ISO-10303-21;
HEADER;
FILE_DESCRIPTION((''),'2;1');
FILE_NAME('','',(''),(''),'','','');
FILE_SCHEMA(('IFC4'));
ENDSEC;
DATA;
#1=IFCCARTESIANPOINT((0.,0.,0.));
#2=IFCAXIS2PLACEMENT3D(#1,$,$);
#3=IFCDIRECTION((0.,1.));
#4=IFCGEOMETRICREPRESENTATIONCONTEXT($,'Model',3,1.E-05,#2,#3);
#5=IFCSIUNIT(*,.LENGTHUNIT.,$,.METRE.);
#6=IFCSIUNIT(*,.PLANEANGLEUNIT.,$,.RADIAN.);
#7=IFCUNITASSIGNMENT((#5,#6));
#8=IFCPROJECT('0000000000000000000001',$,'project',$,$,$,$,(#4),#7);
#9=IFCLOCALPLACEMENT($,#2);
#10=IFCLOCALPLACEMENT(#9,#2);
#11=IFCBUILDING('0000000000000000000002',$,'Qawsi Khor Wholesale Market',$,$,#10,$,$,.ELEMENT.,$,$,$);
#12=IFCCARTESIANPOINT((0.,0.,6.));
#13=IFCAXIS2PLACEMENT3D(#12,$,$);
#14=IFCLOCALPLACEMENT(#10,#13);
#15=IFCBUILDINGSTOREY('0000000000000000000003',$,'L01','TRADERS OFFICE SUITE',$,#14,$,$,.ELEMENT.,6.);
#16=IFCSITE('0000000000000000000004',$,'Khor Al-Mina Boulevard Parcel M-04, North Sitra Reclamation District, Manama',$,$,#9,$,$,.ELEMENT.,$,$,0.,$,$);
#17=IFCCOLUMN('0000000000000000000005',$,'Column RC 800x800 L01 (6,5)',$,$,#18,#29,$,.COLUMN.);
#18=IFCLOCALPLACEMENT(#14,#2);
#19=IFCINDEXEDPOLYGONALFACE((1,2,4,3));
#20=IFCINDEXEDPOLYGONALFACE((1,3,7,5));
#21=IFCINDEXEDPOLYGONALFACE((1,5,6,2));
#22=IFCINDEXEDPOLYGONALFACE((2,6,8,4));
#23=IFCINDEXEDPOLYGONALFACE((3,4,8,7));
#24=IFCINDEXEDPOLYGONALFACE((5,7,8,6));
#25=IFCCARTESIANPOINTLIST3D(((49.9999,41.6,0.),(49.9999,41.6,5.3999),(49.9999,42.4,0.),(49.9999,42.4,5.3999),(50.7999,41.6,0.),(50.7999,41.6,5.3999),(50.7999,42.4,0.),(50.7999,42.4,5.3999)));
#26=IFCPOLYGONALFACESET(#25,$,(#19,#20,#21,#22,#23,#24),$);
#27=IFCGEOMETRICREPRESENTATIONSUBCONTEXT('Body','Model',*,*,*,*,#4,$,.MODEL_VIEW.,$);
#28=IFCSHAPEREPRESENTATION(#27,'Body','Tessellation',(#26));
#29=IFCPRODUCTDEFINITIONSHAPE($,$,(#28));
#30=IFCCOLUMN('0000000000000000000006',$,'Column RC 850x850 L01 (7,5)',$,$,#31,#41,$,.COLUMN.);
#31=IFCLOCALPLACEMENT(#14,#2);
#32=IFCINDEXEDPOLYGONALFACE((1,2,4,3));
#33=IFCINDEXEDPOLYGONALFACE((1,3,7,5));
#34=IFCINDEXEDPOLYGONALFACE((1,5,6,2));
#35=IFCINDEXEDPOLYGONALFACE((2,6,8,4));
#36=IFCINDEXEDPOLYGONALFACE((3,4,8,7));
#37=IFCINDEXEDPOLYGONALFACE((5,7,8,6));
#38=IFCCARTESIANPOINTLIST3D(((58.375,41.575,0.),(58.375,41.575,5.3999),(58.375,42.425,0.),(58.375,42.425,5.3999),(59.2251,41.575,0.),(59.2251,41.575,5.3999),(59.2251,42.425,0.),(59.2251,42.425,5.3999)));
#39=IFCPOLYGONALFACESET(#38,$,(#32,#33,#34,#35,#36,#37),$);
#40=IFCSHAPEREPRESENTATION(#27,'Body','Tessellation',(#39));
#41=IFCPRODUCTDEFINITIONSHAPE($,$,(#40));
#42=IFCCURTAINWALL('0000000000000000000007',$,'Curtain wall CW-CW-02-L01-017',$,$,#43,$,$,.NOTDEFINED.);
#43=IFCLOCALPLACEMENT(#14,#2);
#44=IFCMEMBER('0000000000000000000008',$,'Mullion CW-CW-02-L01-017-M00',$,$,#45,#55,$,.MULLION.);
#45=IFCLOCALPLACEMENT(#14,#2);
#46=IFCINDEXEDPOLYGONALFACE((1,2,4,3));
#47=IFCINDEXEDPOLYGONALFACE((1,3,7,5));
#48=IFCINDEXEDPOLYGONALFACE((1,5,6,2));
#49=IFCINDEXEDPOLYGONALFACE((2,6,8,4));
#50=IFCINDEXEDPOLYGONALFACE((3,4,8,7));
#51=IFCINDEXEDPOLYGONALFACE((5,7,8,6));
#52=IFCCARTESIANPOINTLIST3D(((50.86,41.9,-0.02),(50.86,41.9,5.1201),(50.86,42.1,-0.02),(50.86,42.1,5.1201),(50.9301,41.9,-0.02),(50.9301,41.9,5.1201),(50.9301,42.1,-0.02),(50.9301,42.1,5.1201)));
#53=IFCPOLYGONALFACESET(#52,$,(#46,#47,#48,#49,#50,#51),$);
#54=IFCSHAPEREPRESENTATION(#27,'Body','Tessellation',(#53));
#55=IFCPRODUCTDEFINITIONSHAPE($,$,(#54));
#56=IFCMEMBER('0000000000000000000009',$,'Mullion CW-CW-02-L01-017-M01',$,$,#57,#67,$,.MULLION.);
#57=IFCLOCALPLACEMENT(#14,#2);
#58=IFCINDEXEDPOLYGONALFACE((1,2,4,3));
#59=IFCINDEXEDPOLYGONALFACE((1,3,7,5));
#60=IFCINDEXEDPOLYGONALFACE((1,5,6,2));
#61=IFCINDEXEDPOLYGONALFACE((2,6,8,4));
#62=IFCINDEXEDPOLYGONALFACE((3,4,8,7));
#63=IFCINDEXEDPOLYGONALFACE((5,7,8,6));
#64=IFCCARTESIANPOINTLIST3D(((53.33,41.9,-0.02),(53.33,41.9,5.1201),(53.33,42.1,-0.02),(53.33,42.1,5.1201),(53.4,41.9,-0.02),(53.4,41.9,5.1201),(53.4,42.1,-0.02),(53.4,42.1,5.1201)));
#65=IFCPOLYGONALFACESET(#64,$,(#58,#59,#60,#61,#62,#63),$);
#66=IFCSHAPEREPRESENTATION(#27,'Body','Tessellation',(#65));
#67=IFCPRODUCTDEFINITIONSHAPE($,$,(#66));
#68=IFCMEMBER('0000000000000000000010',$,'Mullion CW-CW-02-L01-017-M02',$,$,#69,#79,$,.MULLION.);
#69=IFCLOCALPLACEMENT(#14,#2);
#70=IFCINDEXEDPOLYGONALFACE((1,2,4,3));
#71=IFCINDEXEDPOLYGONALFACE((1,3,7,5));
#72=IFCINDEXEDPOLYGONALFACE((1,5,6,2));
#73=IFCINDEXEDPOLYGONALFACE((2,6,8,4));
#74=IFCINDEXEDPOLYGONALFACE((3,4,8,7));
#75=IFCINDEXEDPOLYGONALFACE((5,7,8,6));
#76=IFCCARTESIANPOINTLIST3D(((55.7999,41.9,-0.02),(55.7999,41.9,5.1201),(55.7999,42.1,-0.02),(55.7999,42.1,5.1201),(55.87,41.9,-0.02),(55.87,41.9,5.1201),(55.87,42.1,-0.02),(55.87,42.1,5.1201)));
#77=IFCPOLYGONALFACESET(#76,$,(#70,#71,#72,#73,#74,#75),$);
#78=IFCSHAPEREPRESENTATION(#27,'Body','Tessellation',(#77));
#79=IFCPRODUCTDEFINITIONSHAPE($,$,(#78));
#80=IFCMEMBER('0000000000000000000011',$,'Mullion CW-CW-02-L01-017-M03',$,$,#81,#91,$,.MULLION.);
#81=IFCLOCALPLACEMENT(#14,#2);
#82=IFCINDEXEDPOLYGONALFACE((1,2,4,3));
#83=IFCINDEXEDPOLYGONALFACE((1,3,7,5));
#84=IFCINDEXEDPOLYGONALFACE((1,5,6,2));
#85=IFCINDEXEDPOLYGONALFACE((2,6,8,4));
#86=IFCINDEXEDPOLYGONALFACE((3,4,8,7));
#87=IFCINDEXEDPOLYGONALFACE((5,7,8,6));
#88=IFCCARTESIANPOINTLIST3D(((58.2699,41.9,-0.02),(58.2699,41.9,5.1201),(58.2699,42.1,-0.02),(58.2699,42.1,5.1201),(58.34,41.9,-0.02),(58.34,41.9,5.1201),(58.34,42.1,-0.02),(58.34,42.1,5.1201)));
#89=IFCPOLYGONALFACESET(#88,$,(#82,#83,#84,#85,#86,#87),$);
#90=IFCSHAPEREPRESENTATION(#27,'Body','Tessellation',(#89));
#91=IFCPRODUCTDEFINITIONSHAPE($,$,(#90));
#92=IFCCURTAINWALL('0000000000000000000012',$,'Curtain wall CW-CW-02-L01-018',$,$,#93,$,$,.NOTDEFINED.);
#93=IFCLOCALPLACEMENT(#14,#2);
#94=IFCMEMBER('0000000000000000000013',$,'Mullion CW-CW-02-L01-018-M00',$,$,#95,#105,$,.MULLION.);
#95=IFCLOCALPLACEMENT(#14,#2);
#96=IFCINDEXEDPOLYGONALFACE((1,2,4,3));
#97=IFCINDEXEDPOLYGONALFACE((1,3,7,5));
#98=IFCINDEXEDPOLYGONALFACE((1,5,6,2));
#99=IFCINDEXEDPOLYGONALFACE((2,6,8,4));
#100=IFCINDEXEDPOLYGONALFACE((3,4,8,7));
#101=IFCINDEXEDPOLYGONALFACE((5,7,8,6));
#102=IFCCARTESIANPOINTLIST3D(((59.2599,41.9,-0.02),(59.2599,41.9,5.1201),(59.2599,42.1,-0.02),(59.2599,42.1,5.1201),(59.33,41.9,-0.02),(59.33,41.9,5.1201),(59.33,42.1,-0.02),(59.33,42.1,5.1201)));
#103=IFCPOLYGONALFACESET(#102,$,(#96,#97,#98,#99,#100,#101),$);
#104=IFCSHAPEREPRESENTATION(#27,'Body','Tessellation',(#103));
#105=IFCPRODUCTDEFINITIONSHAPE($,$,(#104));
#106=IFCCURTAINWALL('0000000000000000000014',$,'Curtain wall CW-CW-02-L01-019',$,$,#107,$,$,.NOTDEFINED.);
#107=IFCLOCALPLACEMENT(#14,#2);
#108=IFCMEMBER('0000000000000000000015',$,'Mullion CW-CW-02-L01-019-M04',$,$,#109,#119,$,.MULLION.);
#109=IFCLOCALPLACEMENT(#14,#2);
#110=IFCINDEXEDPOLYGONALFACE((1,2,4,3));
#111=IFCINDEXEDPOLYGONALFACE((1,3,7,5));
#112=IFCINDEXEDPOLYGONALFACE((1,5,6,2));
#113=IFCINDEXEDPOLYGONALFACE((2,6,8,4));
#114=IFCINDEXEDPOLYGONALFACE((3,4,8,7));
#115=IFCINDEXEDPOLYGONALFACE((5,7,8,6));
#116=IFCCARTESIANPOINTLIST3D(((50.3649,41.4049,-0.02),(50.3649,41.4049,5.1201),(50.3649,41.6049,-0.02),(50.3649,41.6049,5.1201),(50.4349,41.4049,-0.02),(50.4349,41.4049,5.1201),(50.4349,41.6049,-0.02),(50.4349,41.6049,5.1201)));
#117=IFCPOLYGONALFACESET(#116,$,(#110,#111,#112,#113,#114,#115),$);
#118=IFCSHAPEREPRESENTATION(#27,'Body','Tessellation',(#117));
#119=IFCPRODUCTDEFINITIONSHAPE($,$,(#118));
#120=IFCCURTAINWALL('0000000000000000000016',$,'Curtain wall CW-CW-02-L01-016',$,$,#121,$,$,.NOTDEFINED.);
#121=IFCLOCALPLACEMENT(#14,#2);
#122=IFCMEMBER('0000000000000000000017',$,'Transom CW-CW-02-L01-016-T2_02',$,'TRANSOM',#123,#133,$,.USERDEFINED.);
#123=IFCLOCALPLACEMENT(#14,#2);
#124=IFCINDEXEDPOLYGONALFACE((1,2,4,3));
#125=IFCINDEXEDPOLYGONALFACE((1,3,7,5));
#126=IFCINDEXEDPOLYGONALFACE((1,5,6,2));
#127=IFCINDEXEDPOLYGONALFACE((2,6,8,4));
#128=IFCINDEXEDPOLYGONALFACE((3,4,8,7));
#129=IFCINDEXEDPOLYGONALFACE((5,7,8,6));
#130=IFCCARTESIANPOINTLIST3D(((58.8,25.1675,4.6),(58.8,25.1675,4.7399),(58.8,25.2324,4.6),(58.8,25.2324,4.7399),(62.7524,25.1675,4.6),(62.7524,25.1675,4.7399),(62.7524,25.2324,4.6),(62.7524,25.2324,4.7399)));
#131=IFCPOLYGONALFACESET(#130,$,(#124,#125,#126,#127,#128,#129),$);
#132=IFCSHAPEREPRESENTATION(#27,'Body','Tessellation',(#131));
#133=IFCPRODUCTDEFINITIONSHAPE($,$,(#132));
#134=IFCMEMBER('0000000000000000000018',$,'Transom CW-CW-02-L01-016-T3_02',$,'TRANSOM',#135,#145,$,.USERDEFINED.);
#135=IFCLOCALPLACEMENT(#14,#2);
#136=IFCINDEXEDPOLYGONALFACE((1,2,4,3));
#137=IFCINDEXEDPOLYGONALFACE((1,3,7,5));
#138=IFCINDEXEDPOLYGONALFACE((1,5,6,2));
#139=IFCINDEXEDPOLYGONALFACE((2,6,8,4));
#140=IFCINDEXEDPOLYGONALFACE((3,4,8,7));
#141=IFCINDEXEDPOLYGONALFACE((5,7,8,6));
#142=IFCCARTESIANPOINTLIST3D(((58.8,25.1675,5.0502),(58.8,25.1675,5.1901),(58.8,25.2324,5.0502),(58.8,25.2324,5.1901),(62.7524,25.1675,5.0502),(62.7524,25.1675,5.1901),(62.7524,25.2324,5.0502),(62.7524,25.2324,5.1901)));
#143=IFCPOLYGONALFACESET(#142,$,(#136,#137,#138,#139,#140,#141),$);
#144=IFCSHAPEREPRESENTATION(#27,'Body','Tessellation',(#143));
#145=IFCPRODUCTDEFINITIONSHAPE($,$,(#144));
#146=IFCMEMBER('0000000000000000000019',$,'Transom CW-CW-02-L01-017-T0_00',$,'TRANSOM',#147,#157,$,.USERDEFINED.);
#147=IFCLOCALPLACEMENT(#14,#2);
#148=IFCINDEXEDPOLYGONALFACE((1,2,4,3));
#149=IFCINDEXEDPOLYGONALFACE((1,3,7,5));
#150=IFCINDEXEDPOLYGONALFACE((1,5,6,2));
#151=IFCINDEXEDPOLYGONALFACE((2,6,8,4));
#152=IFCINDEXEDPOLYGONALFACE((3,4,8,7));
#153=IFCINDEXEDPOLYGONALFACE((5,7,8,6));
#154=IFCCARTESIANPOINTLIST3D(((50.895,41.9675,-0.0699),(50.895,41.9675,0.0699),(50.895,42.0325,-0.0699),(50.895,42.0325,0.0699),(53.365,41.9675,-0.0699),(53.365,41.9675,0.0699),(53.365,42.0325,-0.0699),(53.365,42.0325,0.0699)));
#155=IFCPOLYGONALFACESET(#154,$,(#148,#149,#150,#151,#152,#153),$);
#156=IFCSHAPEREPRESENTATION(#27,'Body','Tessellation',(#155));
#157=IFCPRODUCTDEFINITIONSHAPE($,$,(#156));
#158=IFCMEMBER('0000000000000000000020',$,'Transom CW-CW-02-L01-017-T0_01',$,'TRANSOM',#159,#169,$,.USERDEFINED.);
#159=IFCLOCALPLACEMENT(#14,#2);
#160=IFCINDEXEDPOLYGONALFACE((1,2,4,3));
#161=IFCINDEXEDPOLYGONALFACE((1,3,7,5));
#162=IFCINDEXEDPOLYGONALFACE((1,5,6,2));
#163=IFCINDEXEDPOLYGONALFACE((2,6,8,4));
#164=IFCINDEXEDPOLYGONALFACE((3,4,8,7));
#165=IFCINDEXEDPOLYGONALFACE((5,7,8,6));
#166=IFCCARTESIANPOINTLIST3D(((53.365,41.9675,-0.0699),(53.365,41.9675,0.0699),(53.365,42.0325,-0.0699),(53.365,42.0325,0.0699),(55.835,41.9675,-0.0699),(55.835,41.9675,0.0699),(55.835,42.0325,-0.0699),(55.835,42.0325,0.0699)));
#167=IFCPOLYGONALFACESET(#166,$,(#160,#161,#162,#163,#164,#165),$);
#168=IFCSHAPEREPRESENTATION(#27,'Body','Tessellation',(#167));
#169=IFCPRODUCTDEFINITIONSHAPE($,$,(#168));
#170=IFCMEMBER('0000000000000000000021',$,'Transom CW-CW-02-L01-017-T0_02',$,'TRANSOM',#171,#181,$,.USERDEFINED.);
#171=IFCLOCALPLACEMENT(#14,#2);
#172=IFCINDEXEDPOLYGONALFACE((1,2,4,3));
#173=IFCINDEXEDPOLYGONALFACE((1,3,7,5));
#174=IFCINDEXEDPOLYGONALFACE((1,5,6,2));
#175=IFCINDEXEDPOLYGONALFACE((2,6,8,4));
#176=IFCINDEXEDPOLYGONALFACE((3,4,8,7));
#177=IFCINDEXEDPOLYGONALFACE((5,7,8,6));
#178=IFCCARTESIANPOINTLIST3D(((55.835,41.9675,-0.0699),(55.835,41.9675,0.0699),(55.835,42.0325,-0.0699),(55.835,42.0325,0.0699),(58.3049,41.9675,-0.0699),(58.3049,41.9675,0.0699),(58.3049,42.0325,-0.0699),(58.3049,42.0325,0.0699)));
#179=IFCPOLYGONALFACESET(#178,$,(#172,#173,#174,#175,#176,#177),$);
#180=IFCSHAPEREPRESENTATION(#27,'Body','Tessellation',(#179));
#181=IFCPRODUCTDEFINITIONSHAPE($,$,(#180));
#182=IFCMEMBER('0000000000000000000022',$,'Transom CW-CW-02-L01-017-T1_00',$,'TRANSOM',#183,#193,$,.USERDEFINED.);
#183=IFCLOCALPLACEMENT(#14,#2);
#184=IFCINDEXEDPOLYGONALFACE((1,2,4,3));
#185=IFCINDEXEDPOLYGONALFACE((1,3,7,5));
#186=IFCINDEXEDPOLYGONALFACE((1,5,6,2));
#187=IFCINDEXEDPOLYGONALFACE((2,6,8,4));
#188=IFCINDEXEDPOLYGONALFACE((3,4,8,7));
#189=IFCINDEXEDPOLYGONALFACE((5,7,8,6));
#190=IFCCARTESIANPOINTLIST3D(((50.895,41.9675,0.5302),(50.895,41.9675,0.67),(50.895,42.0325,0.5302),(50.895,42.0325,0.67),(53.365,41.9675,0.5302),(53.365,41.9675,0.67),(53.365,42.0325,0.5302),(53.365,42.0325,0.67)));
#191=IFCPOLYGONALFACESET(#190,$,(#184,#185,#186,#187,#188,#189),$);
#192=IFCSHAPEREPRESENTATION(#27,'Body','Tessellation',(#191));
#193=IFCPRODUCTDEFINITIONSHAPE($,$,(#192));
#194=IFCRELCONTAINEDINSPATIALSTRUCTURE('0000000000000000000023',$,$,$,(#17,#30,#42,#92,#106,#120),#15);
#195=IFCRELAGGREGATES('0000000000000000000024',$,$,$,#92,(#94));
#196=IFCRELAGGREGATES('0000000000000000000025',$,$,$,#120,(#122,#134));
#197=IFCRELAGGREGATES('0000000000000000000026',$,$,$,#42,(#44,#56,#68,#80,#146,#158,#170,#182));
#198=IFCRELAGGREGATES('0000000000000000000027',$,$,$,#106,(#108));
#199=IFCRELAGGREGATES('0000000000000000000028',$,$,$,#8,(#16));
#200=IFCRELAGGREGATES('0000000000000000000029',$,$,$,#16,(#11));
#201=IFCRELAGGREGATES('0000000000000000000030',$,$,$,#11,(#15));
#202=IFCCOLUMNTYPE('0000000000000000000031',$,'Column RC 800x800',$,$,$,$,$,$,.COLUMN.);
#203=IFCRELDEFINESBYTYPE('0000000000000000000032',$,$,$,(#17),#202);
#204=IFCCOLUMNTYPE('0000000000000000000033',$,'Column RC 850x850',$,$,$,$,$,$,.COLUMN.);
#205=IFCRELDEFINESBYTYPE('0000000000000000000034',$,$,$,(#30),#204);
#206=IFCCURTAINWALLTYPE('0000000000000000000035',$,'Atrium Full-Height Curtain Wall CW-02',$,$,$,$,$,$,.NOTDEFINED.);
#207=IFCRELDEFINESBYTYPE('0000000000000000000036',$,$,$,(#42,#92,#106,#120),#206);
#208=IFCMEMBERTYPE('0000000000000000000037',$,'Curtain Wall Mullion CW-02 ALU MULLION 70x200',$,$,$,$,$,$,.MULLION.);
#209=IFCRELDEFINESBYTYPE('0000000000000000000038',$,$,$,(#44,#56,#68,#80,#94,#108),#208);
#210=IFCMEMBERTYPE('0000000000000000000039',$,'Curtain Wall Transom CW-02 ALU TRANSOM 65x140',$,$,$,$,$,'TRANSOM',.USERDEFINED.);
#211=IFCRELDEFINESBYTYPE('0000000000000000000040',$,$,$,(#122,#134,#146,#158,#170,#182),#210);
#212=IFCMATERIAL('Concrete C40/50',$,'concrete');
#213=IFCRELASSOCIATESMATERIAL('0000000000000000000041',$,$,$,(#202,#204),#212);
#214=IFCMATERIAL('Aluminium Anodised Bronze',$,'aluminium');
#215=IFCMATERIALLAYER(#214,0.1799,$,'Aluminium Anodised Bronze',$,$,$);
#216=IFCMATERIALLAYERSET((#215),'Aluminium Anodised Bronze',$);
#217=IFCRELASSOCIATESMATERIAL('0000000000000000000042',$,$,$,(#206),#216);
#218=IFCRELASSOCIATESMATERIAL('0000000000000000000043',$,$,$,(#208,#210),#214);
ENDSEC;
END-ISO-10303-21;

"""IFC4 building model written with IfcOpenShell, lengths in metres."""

from ifc_helpers import new_model, si_unit, direction, frame, origin, origin_2d, place, context, subcontext, project, spatial, rectangle, extrude, material, layer, layer_set, material_profile, profile_set, type_object, element, aggregate, save


model = new_model("IFC4")

# Units and contexts
model_context = context("Model", 3, precision=1e-05, world=origin(), true_north=direction((0.0, 1.0)))
body_context = subcontext(model_context, "Body", "Model", "MODEL_VIEW")
ifc_project = project(units=[si_unit("LENGTHUNIT", "METRE"), si_unit("PLANEANGLEUNIT", "RADIAN")], contexts=[model_context])

# Site, building, storey
site_placement = place(None, origin())
site = spatial("IfcSite", under=ifc_project, at=site_placement, Name="Khor Al-Mina Boulevard Parcel M-04, North Sitra Reclamation District, Manama", CompositionType="ELEMENT", RefElevation=0.0)
building_placement = place(site_placement, origin())
building = spatial("IfcBuilding", under=site, at=building_placement, Name="Qawsi Khor Wholesale Market", CompositionType="ELEMENT")
storey_placement = place(building_placement, frame((0.0, 0.0, 6.0)))
storey = spatial("IfcBuildingStorey", under=building, at=storey_placement, Name="L01", Description="TRADERS OFFICE SUITE", CompositionType="ELEMENT", Elevation=6.0)

# Columns
ifc_material_1 = material(Name="Concrete C40/50", Category="concrete")
ifc_material_profile_1 = material_profile(ifc_material_1, rectangle(XDim=0.8, YDim=0.8, at=origin_2d()), Name="RC 800x800")
ifc_profile_set_1 = profile_set([ifc_material_profile_1], Name="Concrete C40/50")
column_type_1 = type_object("IfcColumnType", Name="Column RC 800x800", PredefinedType="COLUMN", material=ifc_profile_set_1)
column_1_placement = place(storey_placement, frame((50.3999, 42.0, 0.0), z_axis=(0.0, 0.0, 1.0), x_axis=(1.0, 0.0, 0.0)))
element("IfcColumn", 1, at=column_1_placement, inside=storey, type_object=column_type_1, Name="Column RC 800x800 L01 (6,5)", PredefinedType="COLUMN", context=body_context, shape_type="SweptSolid", body=[
    extrude(rectangle(XDim=0.8, YDim=0.8, at=origin_2d()), origin(), (0.0, 0.0, 1.0), 5.3999),
])
ifc_material_profile_2 = material_profile(ifc_material_1, rectangle(XDim=0.8501, YDim=0.8501, at=origin_2d()), Name="RC 850x850")
ifc_profile_set_2 = profile_set([ifc_material_profile_2], Name="Concrete C40/50")
column_type_2 = type_object("IfcColumnType", Name="Column RC 850x850", PredefinedType="COLUMN", material=ifc_profile_set_2)
column_2_placement = place(storey_placement, frame((58.8, 42.0, 0.0), z_axis=(0.0, 0.0, 1.0), x_axis=(1.0, 0.0, 0.0)))
element("IfcColumn", 2, at=column_2_placement, inside=storey, type_object=column_type_2, Name="Column RC 850x850 L01 (7,5)", PredefinedType="COLUMN", context=body_context, shape_type="SweptSolid", body=[
    extrude(rectangle(XDim=0.8501, YDim=0.8501, at=origin_2d()), origin(), (0.0, 0.0, 1.0), 5.3999),
])

# Curtain wall, members
ifc_material_2 = material(Name="Aluminium Anodised Bronze", Category="aluminium")
ifc_layer_1 = layer(ifc_material_2, 0.1799, Name="Aluminium Anodised Bronze")
ifc_layer_set_1 = layer_set([ifc_layer_1], Name="Aluminium Anodised Bronze")
curtain_wall_type = type_object("IfcCurtainWallType", Name="Atrium Full-Height Curtain Wall CW-02", PredefinedType="NOTDEFINED", material=ifc_layer_set_1)
curtain_wall_1_placement = place(storey_placement, origin())
curtain_wall_1 = element("IfcCurtainWall", 3, at=curtain_wall_1_placement, inside=storey, type_object=curtain_wall_type, Name="Curtain wall CW-CW-02-L01-017", PredefinedType="NOTDEFINED")
ifc_material_profile_3 = material_profile(ifc_material_2, rectangle(XDim=0.0701, YDim=0.2, at=origin_2d()), Name="ALU MULLION 70x200")
ifc_profile_set_3 = profile_set([ifc_material_profile_3], Name="Aluminium Anodised Bronze")
member_type_1 = type_object("IfcMemberType", Name="Curtain Wall Mullion CW-02 ALU MULLION 70x200", PredefinedType="MULLION", material=ifc_profile_set_3)
member_1_placement = place(storey_placement, frame((50.895, 42.0, -0.02), z_axis=(0.0, 0.0, 1.0), x_axis=(1.0, 0.0, 0.0)))
member_1 = element("IfcMember", 4, at=member_1_placement, type_object=member_type_1, Name="Mullion CW-CW-02-L01-017-M00", PredefinedType="MULLION", context=body_context, shape_type="SweptSolid", body=[
    extrude(rectangle(XDim=0.0701, YDim=0.2, at=origin_2d()), origin(), (0.0, 0.0, 1.0), 5.1401),
])
member_2_placement = place(storey_placement, frame((53.365, 42.0, -0.02), z_axis=(0.0, 0.0, 1.0), x_axis=(1.0, 0.0, 0.0)))
member_2 = element("IfcMember", 5, at=member_2_placement, type_object=member_type_1, Name="Mullion CW-CW-02-L01-017-M01", PredefinedType="MULLION", context=body_context, shape_type="SweptSolid", body=[
    extrude(rectangle(XDim=0.0701, YDim=0.2, at=origin_2d()), origin(), (0.0, 0.0, 1.0), 5.1401),
])
member_3_placement = place(storey_placement, frame((55.835, 42.0, -0.02), z_axis=(0.0, 0.0, 1.0), x_axis=(1.0, 0.0, 0.0)))
member_3 = element("IfcMember", 6, at=member_3_placement, type_object=member_type_1, Name="Mullion CW-CW-02-L01-017-M02", PredefinedType="MULLION", context=body_context, shape_type="SweptSolid", body=[
    extrude(rectangle(XDim=0.0701, YDim=0.2, at=origin_2d()), origin(), (0.0, 0.0, 1.0), 5.1401),
])
member_4_placement = place(storey_placement, frame((58.3049, 42.0, -0.02), z_axis=(0.0, 0.0, 1.0), x_axis=(1.0, 0.0, 0.0)))
member_4 = element("IfcMember", 7, at=member_4_placement, type_object=member_type_1, Name="Mullion CW-CW-02-L01-017-M03", PredefinedType="MULLION", context=body_context, shape_type="SweptSolid", body=[
    extrude(rectangle(XDim=0.0701, YDim=0.2, at=origin_2d()), origin(), (0.0, 0.0, 1.0), 5.1401),
])

# Curtain walls, members
curtain_wall_2_placement = place(storey_placement, origin())
curtain_wall_2 = element("IfcCurtainWall", 8, at=curtain_wall_2_placement, inside=storey, type_object=curtain_wall_type, Name="Curtain wall CW-CW-02-L01-018", PredefinedType="NOTDEFINED")
member_5_placement = place(storey_placement, frame((59.2949, 42.0, -0.02), z_axis=(0.0, 0.0, 1.0), x_axis=(1.0, 0.0, 0.0)))
member_5 = element("IfcMember", 9, at=member_5_placement, type_object=member_type_1, Name="Mullion CW-CW-02-L01-018-M00", PredefinedType="MULLION", context=body_context, shape_type="SweptSolid", body=[
    extrude(rectangle(XDim=0.0701, YDim=0.2, at=origin_2d()), origin(), (0.0, 0.0, 1.0), 5.1401),
])
curtain_wall_3_placement = place(storey_placement, origin())
curtain_wall_3 = element("IfcCurtainWall", 10, at=curtain_wall_3_placement, inside=storey, type_object=curtain_wall_type, Name="Curtain wall CW-CW-02-L01-019", PredefinedType="NOTDEFINED")
member_6_placement = place(storey_placement, frame((50.3999, 41.5049, -0.02), z_axis=(0.0, 0.0, 1.0), x_axis=(1.0, 0.0, 0.0)))
member_6 = element("IfcMember", 11, at=member_6_placement, type_object=member_type_1, Name="Mullion CW-CW-02-L01-019-M04", PredefinedType="MULLION", context=body_context, shape_type="SweptSolid", body=[
    extrude(rectangle(XDim=0.0701, YDim=0.2, at=origin_2d()), origin(), (0.0, 0.0, 1.0), 5.1401),
])

# Curtain wall, members
curtain_wall_4_placement = place(storey_placement, origin())
curtain_wall_4 = element("IfcCurtainWall", 12, at=curtain_wall_4_placement, inside=storey, type_object=curtain_wall_type, Name="Curtain wall CW-CW-02-L01-016", PredefinedType="NOTDEFINED")
ifc_material_profile_4 = material_profile(ifc_material_2, rectangle(XDim=0.0649, YDim=0.1399, at=origin_2d()), Name="ALU TRANSOM 65x140")
ifc_profile_set_4 = profile_set([ifc_material_profile_4], Name="Aluminium Anodised Bronze")
member_type_2 = type_object("IfcMemberType", Name="Curtain Wall Transom CW-02 ALU TRANSOM 65x140", ElementType="TRANSOM", PredefinedType="USERDEFINED", material=ifc_profile_set_4)
member_7_placement = place(storey_placement, frame((58.8, 25.2, 4.6699), z_axis=(1.0, 0.0, 0.0), x_axis=(0.0, 1.0, 0.0)))
member_7 = element("IfcMember", 13, at=member_7_placement, type_object=member_type_2, Name="Transom CW-CW-02-L01-016-T2_02", ObjectType="TRANSOM", PredefinedType="USERDEFINED", context=body_context, shape_type="SweptSolid", body=[
    extrude(rectangle(XDim=0.0649, YDim=0.1399, at=origin_2d()), origin(), (0.0, 0.0, 1.0), 3.9524),
])
member_8_placement = place(storey_placement, frame((58.8, 25.2, 5.1201), z_axis=(1.0, 0.0, 0.0), x_axis=(0.0, 1.0, 0.0)))
member_8 = element("IfcMember", 14, at=member_8_placement, type_object=member_type_2, Name="Transom CW-CW-02-L01-016-T3_02", ObjectType="TRANSOM", PredefinedType="USERDEFINED", context=body_context, shape_type="SweptSolid", body=[
    extrude(rectangle(XDim=0.0649, YDim=0.1399, at=origin_2d()), origin(), (0.0, 0.0, 1.0), 3.9524),
])

# Members
member_9_placement = place(storey_placement, frame((50.895, 42.0, 0.0), z_axis=(1.0, 0.0, 0.0), x_axis=(0.0, 1.0, 0.0)))
member_9 = element("IfcMember", 15, at=member_9_placement, type_object=member_type_2, Name="Transom CW-CW-02-L01-017-T0_00", ObjectType="TRANSOM", PredefinedType="USERDEFINED", context=body_context, shape_type="SweptSolid", body=[
    extrude(rectangle(XDim=0.0649, YDim=0.1399, at=origin_2d()), origin(), (0.0, 0.0, 1.0), 2.47),
])
member_10_placement = place(storey_placement, frame((53.365, 42.0, 0.0), z_axis=(1.0, 0.0, 0.0), x_axis=(0.0, 1.0, 0.0)))
member_10 = element("IfcMember", 16, at=member_10_placement, type_object=member_type_2, Name="Transom CW-CW-02-L01-017-T0_01", ObjectType="TRANSOM", PredefinedType="USERDEFINED", context=body_context, shape_type="SweptSolid", body=[
    extrude(rectangle(XDim=0.0649, YDim=0.1399, at=origin_2d()), origin(), (0.0, 0.0, 1.0), 2.47),
])
member_11_placement = place(storey_placement, frame((55.835, 42.0, 0.0), z_axis=(1.0, 0.0, 0.0), x_axis=(0.0, 1.0, 0.0)))
member_11 = element("IfcMember", 17, at=member_11_placement, type_object=member_type_2, Name="Transom CW-CW-02-L01-017-T0_02", ObjectType="TRANSOM", PredefinedType="USERDEFINED", context=body_context, shape_type="SweptSolid", body=[
    extrude(rectangle(XDim=0.0649, YDim=0.1399, at=origin_2d()), origin(), (0.0, 0.0, 1.0), 2.47),
])
member_12_placement = place(storey_placement, frame((50.895, 42.0, 0.6001), z_axis=(1.0, 0.0, 0.0), x_axis=(0.0, 1.0, 0.0)))
member_12 = element("IfcMember", 18, at=member_12_placement, type_object=member_type_2, Name="Transom CW-CW-02-L01-017-T1_00", ObjectType="TRANSOM", PredefinedType="USERDEFINED", context=body_context, shape_type="SweptSolid", body=[
    extrude(rectangle(XDim=0.0649, YDim=0.1399, at=origin_2d()), origin(), (0.0, 0.0, 1.0), 2.47),
])
aggregate(curtain_wall_2, [member_5])

aggregate(curtain_wall_4, [member_7, member_8])
aggregate(curtain_wall_1, [member_1, member_2, member_3, member_4, member_9, member_10, member_11, member_12])
aggregate(curtain_wall_3, [member_6])

save(model, "model.ifc")
